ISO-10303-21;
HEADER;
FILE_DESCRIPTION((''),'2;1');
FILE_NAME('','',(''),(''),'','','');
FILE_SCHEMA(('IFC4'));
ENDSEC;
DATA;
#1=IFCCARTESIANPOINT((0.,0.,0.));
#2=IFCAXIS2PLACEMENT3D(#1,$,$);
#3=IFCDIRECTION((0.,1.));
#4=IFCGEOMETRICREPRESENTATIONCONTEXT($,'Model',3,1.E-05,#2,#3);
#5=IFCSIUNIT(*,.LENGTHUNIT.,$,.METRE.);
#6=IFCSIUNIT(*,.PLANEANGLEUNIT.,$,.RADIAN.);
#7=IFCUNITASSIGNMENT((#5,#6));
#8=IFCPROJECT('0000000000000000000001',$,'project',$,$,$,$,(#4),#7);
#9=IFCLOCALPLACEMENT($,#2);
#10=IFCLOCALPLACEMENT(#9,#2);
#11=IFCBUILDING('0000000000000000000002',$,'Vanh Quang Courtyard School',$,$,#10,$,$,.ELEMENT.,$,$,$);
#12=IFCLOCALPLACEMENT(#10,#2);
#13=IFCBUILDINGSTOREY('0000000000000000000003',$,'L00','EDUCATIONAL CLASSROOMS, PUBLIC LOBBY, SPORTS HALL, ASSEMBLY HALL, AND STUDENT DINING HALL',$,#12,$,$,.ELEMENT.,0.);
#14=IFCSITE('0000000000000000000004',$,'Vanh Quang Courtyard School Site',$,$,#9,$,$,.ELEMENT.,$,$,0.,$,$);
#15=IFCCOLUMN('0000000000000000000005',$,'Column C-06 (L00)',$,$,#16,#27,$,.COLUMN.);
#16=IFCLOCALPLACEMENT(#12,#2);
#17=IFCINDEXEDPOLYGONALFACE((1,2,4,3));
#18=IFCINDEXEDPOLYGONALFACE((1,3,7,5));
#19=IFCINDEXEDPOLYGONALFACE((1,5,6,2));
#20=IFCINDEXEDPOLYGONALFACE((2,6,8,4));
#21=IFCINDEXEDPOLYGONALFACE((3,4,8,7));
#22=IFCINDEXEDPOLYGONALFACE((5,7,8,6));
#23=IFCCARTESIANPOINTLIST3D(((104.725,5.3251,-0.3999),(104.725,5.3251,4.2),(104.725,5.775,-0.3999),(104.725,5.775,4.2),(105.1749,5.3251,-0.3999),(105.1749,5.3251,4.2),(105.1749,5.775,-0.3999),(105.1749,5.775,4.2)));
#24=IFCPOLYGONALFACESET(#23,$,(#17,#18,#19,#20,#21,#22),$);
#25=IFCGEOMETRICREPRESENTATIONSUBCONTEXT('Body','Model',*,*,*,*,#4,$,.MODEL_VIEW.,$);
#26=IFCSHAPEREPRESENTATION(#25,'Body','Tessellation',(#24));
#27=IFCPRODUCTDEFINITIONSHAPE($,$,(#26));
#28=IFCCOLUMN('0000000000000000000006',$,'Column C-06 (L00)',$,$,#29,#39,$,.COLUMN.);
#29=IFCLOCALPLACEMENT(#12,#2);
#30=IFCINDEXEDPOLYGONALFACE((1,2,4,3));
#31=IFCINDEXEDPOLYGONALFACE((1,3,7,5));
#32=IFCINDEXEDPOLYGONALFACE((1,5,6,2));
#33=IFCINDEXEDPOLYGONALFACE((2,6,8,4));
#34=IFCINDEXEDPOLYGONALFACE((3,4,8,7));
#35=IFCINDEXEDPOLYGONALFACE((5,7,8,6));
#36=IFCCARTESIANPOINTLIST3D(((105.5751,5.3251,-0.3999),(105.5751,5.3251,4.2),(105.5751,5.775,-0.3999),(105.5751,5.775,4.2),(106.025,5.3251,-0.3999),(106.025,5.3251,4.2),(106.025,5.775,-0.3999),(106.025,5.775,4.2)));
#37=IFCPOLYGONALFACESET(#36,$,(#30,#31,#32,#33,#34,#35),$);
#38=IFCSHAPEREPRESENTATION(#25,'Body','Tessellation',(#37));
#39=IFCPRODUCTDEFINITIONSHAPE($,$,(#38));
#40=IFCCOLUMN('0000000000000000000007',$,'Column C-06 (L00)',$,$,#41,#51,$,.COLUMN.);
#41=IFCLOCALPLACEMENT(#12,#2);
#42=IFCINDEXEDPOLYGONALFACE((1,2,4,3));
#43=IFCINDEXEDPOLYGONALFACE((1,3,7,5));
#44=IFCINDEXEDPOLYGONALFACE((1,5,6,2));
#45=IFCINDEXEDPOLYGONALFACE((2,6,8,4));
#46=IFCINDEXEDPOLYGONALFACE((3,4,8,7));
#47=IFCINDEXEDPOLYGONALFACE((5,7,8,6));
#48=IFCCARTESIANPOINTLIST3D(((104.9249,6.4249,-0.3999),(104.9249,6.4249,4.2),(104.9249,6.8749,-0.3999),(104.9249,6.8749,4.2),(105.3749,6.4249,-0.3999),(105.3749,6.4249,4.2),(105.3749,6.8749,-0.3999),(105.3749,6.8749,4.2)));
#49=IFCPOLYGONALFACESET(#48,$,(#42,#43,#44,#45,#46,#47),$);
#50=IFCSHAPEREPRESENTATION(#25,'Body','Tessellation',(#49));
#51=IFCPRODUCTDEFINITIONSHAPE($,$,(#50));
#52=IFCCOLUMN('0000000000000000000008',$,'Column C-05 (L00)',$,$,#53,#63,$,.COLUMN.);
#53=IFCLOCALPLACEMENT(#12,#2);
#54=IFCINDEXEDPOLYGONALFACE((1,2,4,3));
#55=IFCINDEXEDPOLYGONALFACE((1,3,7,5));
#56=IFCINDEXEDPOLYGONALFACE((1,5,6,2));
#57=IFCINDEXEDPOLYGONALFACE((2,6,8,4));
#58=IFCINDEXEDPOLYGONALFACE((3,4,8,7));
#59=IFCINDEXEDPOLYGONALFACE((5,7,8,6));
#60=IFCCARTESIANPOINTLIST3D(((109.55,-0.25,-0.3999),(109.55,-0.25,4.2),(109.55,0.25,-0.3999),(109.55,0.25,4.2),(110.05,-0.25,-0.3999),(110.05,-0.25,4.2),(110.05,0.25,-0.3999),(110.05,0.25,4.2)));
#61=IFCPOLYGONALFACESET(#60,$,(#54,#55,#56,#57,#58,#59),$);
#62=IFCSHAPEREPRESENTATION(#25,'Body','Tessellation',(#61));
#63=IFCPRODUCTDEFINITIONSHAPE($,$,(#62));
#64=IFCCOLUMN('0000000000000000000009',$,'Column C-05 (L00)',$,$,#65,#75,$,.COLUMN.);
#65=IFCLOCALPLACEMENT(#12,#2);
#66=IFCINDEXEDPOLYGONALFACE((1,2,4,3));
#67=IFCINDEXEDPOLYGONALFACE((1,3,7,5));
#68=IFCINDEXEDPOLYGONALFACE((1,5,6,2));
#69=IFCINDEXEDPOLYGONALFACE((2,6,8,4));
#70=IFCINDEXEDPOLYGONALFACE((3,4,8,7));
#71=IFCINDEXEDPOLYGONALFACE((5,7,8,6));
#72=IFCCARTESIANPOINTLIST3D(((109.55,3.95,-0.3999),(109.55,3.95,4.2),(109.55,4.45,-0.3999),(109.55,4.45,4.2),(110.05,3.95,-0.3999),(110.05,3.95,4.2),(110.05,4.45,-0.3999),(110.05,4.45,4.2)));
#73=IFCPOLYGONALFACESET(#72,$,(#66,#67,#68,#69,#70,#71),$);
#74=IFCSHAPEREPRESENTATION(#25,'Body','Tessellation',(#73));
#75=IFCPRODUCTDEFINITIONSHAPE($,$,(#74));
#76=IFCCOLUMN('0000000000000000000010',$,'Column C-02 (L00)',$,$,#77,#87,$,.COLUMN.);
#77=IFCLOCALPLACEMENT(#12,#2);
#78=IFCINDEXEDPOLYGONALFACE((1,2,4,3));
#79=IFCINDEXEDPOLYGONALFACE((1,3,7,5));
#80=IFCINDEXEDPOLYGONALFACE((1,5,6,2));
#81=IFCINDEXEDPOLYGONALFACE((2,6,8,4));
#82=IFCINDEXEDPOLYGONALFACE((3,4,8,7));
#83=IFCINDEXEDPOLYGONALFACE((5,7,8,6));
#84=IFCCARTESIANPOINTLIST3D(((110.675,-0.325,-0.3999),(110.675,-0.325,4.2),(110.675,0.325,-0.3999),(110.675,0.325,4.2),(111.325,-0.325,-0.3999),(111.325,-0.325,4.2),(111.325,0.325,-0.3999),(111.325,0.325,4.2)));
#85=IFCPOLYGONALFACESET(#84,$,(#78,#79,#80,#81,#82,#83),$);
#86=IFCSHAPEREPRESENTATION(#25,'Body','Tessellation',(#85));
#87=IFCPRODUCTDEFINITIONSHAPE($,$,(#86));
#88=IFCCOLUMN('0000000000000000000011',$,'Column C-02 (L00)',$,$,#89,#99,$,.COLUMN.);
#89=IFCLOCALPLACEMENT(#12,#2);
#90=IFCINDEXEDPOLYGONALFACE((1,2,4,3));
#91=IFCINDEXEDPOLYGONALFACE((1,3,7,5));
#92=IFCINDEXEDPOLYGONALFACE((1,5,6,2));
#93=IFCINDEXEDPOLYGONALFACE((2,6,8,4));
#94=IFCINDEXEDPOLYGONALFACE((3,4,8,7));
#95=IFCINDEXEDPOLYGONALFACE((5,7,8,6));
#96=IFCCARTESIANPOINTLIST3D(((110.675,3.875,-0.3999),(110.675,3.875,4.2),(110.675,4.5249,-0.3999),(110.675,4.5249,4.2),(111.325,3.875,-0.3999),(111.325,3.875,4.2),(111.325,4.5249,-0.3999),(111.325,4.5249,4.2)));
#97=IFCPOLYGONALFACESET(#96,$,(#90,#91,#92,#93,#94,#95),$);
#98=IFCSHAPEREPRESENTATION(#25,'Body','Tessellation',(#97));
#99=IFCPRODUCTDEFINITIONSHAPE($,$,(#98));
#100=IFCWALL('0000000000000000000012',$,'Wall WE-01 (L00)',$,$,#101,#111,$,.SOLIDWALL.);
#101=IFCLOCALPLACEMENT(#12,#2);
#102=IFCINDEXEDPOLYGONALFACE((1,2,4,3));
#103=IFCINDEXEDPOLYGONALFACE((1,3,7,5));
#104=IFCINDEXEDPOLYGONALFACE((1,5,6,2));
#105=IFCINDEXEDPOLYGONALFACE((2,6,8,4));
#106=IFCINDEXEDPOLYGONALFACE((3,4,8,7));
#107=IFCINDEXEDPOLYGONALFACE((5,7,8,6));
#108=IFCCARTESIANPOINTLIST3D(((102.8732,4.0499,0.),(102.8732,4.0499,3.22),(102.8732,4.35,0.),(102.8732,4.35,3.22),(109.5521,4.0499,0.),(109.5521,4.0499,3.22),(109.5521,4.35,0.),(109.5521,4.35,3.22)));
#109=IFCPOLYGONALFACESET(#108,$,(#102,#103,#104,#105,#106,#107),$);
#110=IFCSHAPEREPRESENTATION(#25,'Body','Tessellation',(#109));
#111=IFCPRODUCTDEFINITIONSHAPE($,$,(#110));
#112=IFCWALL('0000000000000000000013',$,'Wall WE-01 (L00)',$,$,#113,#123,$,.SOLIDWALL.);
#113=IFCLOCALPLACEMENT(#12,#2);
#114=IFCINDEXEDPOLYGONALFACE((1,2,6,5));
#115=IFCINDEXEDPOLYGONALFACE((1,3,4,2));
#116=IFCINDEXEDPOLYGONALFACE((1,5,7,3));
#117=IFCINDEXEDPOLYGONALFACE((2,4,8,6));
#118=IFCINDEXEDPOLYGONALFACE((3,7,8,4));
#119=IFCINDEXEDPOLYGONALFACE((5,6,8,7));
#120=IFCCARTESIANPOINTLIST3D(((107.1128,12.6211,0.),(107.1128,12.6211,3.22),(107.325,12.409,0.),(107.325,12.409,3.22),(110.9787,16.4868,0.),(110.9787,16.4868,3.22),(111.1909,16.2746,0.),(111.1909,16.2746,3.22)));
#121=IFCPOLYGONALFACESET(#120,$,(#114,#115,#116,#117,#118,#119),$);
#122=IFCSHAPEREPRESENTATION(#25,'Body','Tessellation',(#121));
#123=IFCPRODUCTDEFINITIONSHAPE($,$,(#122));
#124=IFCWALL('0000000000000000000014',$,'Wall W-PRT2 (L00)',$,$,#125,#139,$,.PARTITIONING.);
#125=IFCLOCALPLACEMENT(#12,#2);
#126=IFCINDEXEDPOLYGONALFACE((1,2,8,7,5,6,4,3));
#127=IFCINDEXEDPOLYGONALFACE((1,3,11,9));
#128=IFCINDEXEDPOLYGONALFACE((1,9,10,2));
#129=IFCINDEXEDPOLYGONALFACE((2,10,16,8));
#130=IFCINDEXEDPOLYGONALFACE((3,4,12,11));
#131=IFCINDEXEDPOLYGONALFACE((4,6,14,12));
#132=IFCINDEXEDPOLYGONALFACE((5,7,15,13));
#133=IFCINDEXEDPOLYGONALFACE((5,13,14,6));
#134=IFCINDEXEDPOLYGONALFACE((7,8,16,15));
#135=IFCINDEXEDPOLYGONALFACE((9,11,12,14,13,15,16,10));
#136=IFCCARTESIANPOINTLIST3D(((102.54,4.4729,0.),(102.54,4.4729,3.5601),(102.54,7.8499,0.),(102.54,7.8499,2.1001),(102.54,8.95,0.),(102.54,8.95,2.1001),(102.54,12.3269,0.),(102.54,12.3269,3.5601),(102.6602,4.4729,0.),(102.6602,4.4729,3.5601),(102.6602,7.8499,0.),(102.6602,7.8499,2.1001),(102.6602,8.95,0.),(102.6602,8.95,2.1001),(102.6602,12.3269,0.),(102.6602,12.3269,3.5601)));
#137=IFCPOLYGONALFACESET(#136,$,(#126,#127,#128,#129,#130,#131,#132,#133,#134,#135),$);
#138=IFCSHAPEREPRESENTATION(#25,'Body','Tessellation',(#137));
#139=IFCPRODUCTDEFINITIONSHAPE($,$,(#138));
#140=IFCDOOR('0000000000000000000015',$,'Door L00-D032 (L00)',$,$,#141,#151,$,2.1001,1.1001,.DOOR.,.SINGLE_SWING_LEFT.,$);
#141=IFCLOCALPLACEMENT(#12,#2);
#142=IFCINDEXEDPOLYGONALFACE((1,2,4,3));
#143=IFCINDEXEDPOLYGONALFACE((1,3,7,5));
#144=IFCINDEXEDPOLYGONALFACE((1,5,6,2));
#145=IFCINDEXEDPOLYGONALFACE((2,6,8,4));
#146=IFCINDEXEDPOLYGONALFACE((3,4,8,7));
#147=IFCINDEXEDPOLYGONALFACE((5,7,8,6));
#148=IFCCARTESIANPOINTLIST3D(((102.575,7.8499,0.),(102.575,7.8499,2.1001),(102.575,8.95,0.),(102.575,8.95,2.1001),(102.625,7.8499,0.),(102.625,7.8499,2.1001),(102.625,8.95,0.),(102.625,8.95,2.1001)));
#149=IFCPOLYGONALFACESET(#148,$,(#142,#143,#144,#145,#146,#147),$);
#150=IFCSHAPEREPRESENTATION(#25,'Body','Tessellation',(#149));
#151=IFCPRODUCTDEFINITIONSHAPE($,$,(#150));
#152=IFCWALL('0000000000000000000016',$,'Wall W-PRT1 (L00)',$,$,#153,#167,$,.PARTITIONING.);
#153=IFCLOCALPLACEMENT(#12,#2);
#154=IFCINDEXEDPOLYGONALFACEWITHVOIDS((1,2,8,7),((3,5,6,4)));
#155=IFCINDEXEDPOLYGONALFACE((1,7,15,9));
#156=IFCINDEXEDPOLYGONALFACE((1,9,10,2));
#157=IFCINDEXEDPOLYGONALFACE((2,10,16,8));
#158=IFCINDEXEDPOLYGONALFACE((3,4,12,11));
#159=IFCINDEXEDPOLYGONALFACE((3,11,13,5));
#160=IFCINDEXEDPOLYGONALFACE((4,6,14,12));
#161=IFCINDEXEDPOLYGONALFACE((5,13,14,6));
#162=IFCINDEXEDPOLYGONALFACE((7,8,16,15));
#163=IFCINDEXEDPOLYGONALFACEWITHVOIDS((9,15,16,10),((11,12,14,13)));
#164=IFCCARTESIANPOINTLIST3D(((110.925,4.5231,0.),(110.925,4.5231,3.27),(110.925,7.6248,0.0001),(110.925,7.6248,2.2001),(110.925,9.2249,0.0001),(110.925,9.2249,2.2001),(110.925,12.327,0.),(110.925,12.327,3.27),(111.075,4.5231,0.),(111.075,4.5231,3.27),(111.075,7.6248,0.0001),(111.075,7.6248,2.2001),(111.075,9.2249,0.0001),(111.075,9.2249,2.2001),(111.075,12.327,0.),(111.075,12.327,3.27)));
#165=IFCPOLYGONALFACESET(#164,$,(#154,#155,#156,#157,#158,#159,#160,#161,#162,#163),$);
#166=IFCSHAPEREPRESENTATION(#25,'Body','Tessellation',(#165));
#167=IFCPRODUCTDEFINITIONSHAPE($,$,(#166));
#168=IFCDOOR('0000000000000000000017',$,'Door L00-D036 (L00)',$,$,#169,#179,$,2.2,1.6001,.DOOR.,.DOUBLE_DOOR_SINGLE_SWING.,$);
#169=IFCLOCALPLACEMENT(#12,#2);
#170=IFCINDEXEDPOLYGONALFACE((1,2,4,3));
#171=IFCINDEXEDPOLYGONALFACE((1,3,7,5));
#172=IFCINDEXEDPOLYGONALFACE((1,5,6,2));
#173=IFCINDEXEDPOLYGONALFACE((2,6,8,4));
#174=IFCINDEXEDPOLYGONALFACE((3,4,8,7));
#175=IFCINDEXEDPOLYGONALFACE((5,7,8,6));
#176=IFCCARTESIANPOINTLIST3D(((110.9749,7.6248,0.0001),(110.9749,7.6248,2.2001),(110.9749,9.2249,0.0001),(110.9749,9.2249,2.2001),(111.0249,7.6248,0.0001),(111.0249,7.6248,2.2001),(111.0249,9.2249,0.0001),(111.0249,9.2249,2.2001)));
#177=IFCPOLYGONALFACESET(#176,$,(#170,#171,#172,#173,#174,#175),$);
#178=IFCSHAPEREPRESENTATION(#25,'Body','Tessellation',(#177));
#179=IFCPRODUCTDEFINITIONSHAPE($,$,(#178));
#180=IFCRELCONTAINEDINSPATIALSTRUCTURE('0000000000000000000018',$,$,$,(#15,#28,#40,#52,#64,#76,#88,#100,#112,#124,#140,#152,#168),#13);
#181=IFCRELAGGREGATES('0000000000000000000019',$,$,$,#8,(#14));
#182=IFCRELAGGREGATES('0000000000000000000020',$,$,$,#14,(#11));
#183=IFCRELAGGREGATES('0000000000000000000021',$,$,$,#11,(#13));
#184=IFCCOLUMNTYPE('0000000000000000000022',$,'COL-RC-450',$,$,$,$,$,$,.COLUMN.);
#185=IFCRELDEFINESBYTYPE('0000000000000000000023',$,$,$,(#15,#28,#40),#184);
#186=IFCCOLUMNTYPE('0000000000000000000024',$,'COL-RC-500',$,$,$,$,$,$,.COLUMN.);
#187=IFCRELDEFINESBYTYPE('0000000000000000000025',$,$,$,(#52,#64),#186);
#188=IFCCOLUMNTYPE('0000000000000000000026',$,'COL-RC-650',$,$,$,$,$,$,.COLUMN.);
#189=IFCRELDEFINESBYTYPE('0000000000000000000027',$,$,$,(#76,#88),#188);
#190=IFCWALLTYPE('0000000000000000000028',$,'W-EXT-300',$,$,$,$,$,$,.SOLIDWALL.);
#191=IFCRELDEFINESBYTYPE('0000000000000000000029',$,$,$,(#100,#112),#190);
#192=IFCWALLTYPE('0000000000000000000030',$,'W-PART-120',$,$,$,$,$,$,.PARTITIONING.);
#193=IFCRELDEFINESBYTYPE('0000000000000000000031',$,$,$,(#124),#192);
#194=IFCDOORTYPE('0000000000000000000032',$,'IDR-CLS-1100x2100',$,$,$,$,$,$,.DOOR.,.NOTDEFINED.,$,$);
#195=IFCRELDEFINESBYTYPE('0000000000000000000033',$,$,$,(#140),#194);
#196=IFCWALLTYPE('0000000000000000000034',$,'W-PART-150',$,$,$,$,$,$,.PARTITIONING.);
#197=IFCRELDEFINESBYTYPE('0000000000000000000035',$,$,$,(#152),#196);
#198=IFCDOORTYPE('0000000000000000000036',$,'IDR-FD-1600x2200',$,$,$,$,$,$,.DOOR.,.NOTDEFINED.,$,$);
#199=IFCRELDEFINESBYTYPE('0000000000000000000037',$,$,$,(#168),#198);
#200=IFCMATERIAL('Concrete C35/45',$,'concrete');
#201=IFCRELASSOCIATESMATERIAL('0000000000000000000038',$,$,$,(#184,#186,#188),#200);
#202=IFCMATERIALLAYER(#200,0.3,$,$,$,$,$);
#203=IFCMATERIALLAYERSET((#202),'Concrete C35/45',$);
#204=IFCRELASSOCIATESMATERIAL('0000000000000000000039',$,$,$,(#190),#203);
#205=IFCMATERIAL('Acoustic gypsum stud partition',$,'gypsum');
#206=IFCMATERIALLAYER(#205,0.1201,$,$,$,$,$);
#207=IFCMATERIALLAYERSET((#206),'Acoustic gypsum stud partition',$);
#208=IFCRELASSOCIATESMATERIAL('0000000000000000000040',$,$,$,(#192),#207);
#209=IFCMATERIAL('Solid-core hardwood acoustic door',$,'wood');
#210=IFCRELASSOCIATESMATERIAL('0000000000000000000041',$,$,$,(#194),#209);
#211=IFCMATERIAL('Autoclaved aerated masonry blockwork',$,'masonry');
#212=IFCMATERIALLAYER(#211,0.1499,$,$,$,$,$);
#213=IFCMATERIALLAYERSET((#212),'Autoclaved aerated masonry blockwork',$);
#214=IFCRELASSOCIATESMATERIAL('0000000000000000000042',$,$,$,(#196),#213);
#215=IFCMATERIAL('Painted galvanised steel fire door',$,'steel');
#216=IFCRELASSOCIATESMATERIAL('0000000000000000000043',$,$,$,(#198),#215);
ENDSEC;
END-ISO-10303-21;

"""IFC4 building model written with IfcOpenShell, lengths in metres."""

from ifc_helpers import new_model, si_unit, direction, frame, frame_2d, origin, origin_2d, place, context, subcontext, project, spatial, rectangle, extrude, material, layer, layer_set, material_profile, profile_set, type_object, element, fill, save


model = new_model("IFC4")

# Units and contexts
model_context = context("Model", 3, precision=1e-05, world=origin(), true_north=direction((0.0, 1.0)))
body_context = subcontext(model_context, "Body", "Model", "MODEL_VIEW")
ifc_project = project(units=[si_unit("LENGTHUNIT", "METRE"), si_unit("PLANEANGLEUNIT", "RADIAN")], contexts=[model_context])

# Site, building, storey
site_placement = place(None, origin())
site = spatial("IfcSite", under=ifc_project, at=site_placement, Name="Vanh Quang Courtyard School Site", CompositionType="ELEMENT", RefElevation=0.0)
building_placement = place(site_placement, origin())
building = spatial("IfcBuilding", under=site, at=building_placement, Name="Vanh Quang Courtyard School", CompositionType="ELEMENT")
storey_placement = place(building_placement, origin())
storey = spatial("IfcBuildingStorey", under=building, at=storey_placement, Name="L00", Description="EDUCATIONAL CLASSROOMS, PUBLIC LOBBY, SPORTS HALL, ASSEMBLY HALL, AND STUDENT DINING HALL", CompositionType="ELEMENT", Elevation=0.0)

# Shared definitions
ifc_material_1 = material(Name="Concrete C35/45", Category="concrete")

# Columns
ifc_material_profile_1 = material_profile(ifc_material_1, rectangle(XDim=0.45, YDim=0.45, at=origin_2d()), Name="RC-COL 450x450")
ifc_profile_set_1 = profile_set([ifc_material_profile_1], Name="Concrete C35/45")
column_type_1 = type_object("IfcColumnType", Name="COL-RC-450", PredefinedType="COLUMN", material=ifc_profile_set_1)
for number, where, z_axis, x_axis, name in (
    (1, (104.95, 5.55, -0.3999), (0.0, 0.0, 1.0), (1.0, 0.0, 0.0), "Column C-06 (L00)"),
    (2, (105.8, 5.55, -0.3999), (0.0, 0.0, 1.0), (1.0, 0.0, 0.0), "Column C-06 (L00)"),
    (3, (105.1499, 6.6499, -0.3999), (0.0, 0.0, 1.0), (1.0, 0.0, 0.0), "Column C-06 (L00)"),
):
    element("IfcColumn", number, at=place(storey_placement, frame(where, z_axis=z_axis, x_axis=x_axis)), inside=storey, type_object=column_type_1, Name=name, PredefinedType="COLUMN", context=body_context, shape_type="SweptSolid", body=[
        extrude(rectangle(XDim=0.45, YDim=0.45, at=origin_2d()), origin(), (0.0, 0.0, 1.0), 4.5999),
    ])
ifc_material_profile_2 = material_profile(ifc_material_1, rectangle(XDim=0.5, YDim=0.5, at=origin_2d()), Name="RC-COL 500x500")
ifc_profile_set_2 = profile_set([ifc_material_profile_2], Name="Concrete C35/45")
column_type_2 = type_object("IfcColumnType", Name="COL-RC-500", PredefinedType="COLUMN", material=ifc_profile_set_2)
for number, where, z_axis, x_axis, name in (
    (4, (109.8, 0.0, -0.3999), (0.0, 0.0, 1.0), (1.0, 0.0, 0.0), "Column C-05 (L00)"),
    (5, (109.8, 4.2, -0.3999), (0.0, 0.0, 1.0), (1.0, 0.0, 0.0), "Column C-05 (L00)"),
):
    element("IfcColumn", number, at=place(storey_placement, frame(where, z_axis=z_axis, x_axis=x_axis)), inside=storey, type_object=column_type_2, Name=name, PredefinedType="COLUMN", context=body_context, shape_type="SweptSolid", body=[
        extrude(rectangle(XDim=0.5, YDim=0.5, at=origin_2d()), origin(), (0.0, 0.0, 1.0), 4.5999),
    ])
ifc_material_profile_3 = material_profile(ifc_material_1, rectangle(XDim=0.6499, YDim=0.6499, at=origin_2d()), Name="RC-COL 650x650")
ifc_profile_set_3 = profile_set([ifc_material_profile_3], Name="Concrete C35/45")
column_type_3 = type_object("IfcColumnType", Name="COL-RC-650", PredefinedType="COLUMN", material=ifc_profile_set_3)
for number, where, z_axis, x_axis, name in (
    (6, (111.0, 0.0, -0.3999), (0.0, 0.0, 1.0), (1.0, 0.0, 0.0), "Column C-02 (L00)"),
    (7, (111.0, 4.2, -0.3999), (0.0, 0.0, 1.0), (1.0, 0.0, 0.0), "Column C-02 (L00)"),
):
    element("IfcColumn", number, at=place(storey_placement, frame(where, z_axis=z_axis, x_axis=x_axis)), inside=storey, type_object=column_type_3, Name=name, PredefinedType="COLUMN", context=body_context, shape_type="SweptSolid", body=[
        extrude(rectangle(XDim=0.6499, YDim=0.6499, at=origin_2d()), origin(), (0.0, 0.0, 1.0), 4.5999),
    ])

# Walls
ifc_layer_1 = layer(ifc_material_1, 0.3)
ifc_layer_set_1 = layer_set([ifc_layer_1], Name="Concrete C35/45")
wall_type_1 = type_object("IfcWallType", Name="W-EXT-300", PredefinedType="SOLIDWALL", material=ifc_layer_set_1)
wall_1_placement = place(storey_placement, frame((109.552, 4.2, 0.0), z_axis=(0.0, 0.0, 1.0), x_axis=(-1.0, 0.0, 0.0)))
element("IfcWall", 8, at=wall_1_placement, inside=storey, type_object=wall_type_1, Name="Wall WE-01 (L00)", PredefinedType="SOLIDWALL", context=body_context, shape_type="SweptSolid", body=[
    extrude(rectangle(XDim=6.679, YDim=0.3, at=frame_2d((3.3394, 0.0))), origin(), (0.0, 0.0, 1.0), 3.22),
])
wall_2_placement = place(storey_placement, frame((107.219, 12.5151, 0.0), z_axis=(0.0, 0.0, 1.0), x_axis=(0.707129, 0.707084, 0.0)))
element("IfcWall", 9, at=wall_2_placement, inside=storey, type_object=wall_type_1, Name="Wall WE-01 (L00)", PredefinedType="SOLIDWALL", context=body_context, shape_type="SweptSolid", body=[
    extrude(rectangle(XDim=5.467, YDim=0.3, at=frame_2d((2.7334, 0.0))), origin(), (0.0, 0.0, 1.0), 3.22),
])

# Walls, openings, doors
ifc_material_2 = material(Name="Acoustic gypsum stud partition", Category="gypsum")
ifc_layer_2 = layer(ifc_material_2, 0.1201)
ifc_layer_set_2 = layer_set([ifc_layer_2], Name="Acoustic gypsum stud partition")
wall_type_2 = type_object("IfcWallType", Name="W-PART-120", PredefinedType="PARTITIONING", material=ifc_layer_set_2)
wall_3_placement = place(storey_placement, frame((102.6001, 12.3269, 0.0), z_axis=(0.0, 0.0, 1.0), x_axis=(0.0, -1.0, 0.0)))
wall_3 = element("IfcWall", 10, at=wall_3_placement, inside=storey, type_object=wall_type_2, Name="Wall W-PRT2 (L00)", PredefinedType="PARTITIONING", context=body_context, shape_type="SweptSolid", body=[
    extrude(rectangle(XDim=7.854, YDim=0.1201, at=frame_2d((3.927, 0.0))), origin(), (0.0, 0.0, 1.0), 3.5601),
])
opening_1_placement = place(wall_3_placement, frame((3.377, 0.0, 0.0)))
opening_1 = element("IfcOpeningElement", 11, at=opening_1_placement, cuts=wall_3, PredefinedType="OPENING", context=body_context, shape_type="SweptSolid", body=[
    extrude(rectangle(XDim=1.1001, YDim=2.1001, at=frame_2d((0.55, 1.05))), frame((0.0, 0.0701, 0.0), z_axis=(0.0, -1.0, 0.0), x_axis=(1.0, 0.0, 0.0)), (0.0, 0.0, 1.0), 0.1401),
])
ifc_material_3 = material(Name="Solid-core hardwood acoustic door", Category="wood")
door_type_1 = type_object("IfcDoorType", Name="IDR-CLS-1100x2100", OperationType="NOTDEFINED", PredefinedType="DOOR", material=ifc_material_3)
door_1_placement = place(opening_1_placement, origin())
door_1 = element("IfcDoor", 12, at=door_1_placement, inside=storey, type_object=door_type_1, Name="Door L00-D032 (L00)", OperationType="SINGLE_SWING_LEFT", OverallHeight=2.1001, OverallWidth=1.1001, PredefinedType="DOOR", context=body_context, shape_type="SweptSolid", body=[
    extrude(rectangle(XDim=1.1001, YDim=2.1001, at=frame_2d((0.55, 1.05))), frame((0.0, 0.0249, 0.0), z_axis=(0.0, -1.0, 0.0), x_axis=(1.0, 0.0, 0.0)), (0.0, 0.0, 1.0), 0.05),
])
fill(opening_1, door_1)
ifc_material_4 = material(Name="Autoclaved aerated masonry blockwork", Category="masonry")
ifc_layer_3 = layer(ifc_material_4, 0.1499)
ifc_layer_set_3 = layer_set([ifc_layer_3], Name="Autoclaved aerated masonry blockwork")
wall_type_3 = type_object("IfcWallType", Name="W-PART-150", PredefinedType="PARTITIONING", material=ifc_layer_set_3)
wall_4_placement = place(storey_placement, frame((111.0, 12.3269, 0.0), z_axis=(0.0, 0.0, 1.0), x_axis=(0.0, -1.0, 0.0)))
wall_4 = element("IfcWall", 13, at=wall_4_placement, inside=storey, type_object=wall_type_3, Name="Wall W-PRT1 (L00)", PredefinedType="PARTITIONING", context=body_context, shape_type="SweptSolid", body=[
    extrude(rectangle(XDim=7.804, YDim=0.1499, at=frame_2d((3.9019, 0.0))), origin(), (0.0, 0.0, 1.0), 3.27),
])
opening_2_placement = place(wall_4_placement, frame((3.1021, 0.0, 0.0)))
opening_2 = element("IfcOpeningElement", 14, at=opening_2_placement, cuts=wall_4, PredefinedType="OPENING", context=body_context, shape_type="SweptSolid", body=[
    extrude(rectangle(XDim=1.6001, YDim=2.2, at=frame_2d((0.8, 1.1001))), frame((0.0, 0.085, 0.0), z_axis=(0.0, -1.0, 0.0), x_axis=(1.0, 0.0, 0.0)), (0.0, 0.0, 1.0), 0.1699),
])
ifc_material_5 = material(Name="Painted galvanised steel fire door", Category="steel")
door_type_2 = type_object("IfcDoorType", Name="IDR-FD-1600x2200", OperationType="NOTDEFINED", PredefinedType="DOOR", material=ifc_material_5)
door_2_placement = place(opening_2_placement, origin())
door_2 = element("IfcDoor", 15, at=door_2_placement, inside=storey, type_object=door_type_2, Name="Door L00-D036 (L00)", OperationType="DOUBLE_DOOR_SINGLE_SWING", OverallHeight=2.2, OverallWidth=1.6001, PredefinedType="DOOR", context=body_context, shape_type="SweptSolid", body=[
    extrude(rectangle(XDim=1.6001, YDim=2.2, at=frame_2d((0.8, 1.1001))), frame((0.0, 0.0249, 0.0), z_axis=(0.0, -1.0, 0.0), x_axis=(1.0, 0.0, 0.0)), (0.0, 0.0, 1.0), 0.05),
])
fill(opening_2, door_2)

save(model, "model.ifc")
